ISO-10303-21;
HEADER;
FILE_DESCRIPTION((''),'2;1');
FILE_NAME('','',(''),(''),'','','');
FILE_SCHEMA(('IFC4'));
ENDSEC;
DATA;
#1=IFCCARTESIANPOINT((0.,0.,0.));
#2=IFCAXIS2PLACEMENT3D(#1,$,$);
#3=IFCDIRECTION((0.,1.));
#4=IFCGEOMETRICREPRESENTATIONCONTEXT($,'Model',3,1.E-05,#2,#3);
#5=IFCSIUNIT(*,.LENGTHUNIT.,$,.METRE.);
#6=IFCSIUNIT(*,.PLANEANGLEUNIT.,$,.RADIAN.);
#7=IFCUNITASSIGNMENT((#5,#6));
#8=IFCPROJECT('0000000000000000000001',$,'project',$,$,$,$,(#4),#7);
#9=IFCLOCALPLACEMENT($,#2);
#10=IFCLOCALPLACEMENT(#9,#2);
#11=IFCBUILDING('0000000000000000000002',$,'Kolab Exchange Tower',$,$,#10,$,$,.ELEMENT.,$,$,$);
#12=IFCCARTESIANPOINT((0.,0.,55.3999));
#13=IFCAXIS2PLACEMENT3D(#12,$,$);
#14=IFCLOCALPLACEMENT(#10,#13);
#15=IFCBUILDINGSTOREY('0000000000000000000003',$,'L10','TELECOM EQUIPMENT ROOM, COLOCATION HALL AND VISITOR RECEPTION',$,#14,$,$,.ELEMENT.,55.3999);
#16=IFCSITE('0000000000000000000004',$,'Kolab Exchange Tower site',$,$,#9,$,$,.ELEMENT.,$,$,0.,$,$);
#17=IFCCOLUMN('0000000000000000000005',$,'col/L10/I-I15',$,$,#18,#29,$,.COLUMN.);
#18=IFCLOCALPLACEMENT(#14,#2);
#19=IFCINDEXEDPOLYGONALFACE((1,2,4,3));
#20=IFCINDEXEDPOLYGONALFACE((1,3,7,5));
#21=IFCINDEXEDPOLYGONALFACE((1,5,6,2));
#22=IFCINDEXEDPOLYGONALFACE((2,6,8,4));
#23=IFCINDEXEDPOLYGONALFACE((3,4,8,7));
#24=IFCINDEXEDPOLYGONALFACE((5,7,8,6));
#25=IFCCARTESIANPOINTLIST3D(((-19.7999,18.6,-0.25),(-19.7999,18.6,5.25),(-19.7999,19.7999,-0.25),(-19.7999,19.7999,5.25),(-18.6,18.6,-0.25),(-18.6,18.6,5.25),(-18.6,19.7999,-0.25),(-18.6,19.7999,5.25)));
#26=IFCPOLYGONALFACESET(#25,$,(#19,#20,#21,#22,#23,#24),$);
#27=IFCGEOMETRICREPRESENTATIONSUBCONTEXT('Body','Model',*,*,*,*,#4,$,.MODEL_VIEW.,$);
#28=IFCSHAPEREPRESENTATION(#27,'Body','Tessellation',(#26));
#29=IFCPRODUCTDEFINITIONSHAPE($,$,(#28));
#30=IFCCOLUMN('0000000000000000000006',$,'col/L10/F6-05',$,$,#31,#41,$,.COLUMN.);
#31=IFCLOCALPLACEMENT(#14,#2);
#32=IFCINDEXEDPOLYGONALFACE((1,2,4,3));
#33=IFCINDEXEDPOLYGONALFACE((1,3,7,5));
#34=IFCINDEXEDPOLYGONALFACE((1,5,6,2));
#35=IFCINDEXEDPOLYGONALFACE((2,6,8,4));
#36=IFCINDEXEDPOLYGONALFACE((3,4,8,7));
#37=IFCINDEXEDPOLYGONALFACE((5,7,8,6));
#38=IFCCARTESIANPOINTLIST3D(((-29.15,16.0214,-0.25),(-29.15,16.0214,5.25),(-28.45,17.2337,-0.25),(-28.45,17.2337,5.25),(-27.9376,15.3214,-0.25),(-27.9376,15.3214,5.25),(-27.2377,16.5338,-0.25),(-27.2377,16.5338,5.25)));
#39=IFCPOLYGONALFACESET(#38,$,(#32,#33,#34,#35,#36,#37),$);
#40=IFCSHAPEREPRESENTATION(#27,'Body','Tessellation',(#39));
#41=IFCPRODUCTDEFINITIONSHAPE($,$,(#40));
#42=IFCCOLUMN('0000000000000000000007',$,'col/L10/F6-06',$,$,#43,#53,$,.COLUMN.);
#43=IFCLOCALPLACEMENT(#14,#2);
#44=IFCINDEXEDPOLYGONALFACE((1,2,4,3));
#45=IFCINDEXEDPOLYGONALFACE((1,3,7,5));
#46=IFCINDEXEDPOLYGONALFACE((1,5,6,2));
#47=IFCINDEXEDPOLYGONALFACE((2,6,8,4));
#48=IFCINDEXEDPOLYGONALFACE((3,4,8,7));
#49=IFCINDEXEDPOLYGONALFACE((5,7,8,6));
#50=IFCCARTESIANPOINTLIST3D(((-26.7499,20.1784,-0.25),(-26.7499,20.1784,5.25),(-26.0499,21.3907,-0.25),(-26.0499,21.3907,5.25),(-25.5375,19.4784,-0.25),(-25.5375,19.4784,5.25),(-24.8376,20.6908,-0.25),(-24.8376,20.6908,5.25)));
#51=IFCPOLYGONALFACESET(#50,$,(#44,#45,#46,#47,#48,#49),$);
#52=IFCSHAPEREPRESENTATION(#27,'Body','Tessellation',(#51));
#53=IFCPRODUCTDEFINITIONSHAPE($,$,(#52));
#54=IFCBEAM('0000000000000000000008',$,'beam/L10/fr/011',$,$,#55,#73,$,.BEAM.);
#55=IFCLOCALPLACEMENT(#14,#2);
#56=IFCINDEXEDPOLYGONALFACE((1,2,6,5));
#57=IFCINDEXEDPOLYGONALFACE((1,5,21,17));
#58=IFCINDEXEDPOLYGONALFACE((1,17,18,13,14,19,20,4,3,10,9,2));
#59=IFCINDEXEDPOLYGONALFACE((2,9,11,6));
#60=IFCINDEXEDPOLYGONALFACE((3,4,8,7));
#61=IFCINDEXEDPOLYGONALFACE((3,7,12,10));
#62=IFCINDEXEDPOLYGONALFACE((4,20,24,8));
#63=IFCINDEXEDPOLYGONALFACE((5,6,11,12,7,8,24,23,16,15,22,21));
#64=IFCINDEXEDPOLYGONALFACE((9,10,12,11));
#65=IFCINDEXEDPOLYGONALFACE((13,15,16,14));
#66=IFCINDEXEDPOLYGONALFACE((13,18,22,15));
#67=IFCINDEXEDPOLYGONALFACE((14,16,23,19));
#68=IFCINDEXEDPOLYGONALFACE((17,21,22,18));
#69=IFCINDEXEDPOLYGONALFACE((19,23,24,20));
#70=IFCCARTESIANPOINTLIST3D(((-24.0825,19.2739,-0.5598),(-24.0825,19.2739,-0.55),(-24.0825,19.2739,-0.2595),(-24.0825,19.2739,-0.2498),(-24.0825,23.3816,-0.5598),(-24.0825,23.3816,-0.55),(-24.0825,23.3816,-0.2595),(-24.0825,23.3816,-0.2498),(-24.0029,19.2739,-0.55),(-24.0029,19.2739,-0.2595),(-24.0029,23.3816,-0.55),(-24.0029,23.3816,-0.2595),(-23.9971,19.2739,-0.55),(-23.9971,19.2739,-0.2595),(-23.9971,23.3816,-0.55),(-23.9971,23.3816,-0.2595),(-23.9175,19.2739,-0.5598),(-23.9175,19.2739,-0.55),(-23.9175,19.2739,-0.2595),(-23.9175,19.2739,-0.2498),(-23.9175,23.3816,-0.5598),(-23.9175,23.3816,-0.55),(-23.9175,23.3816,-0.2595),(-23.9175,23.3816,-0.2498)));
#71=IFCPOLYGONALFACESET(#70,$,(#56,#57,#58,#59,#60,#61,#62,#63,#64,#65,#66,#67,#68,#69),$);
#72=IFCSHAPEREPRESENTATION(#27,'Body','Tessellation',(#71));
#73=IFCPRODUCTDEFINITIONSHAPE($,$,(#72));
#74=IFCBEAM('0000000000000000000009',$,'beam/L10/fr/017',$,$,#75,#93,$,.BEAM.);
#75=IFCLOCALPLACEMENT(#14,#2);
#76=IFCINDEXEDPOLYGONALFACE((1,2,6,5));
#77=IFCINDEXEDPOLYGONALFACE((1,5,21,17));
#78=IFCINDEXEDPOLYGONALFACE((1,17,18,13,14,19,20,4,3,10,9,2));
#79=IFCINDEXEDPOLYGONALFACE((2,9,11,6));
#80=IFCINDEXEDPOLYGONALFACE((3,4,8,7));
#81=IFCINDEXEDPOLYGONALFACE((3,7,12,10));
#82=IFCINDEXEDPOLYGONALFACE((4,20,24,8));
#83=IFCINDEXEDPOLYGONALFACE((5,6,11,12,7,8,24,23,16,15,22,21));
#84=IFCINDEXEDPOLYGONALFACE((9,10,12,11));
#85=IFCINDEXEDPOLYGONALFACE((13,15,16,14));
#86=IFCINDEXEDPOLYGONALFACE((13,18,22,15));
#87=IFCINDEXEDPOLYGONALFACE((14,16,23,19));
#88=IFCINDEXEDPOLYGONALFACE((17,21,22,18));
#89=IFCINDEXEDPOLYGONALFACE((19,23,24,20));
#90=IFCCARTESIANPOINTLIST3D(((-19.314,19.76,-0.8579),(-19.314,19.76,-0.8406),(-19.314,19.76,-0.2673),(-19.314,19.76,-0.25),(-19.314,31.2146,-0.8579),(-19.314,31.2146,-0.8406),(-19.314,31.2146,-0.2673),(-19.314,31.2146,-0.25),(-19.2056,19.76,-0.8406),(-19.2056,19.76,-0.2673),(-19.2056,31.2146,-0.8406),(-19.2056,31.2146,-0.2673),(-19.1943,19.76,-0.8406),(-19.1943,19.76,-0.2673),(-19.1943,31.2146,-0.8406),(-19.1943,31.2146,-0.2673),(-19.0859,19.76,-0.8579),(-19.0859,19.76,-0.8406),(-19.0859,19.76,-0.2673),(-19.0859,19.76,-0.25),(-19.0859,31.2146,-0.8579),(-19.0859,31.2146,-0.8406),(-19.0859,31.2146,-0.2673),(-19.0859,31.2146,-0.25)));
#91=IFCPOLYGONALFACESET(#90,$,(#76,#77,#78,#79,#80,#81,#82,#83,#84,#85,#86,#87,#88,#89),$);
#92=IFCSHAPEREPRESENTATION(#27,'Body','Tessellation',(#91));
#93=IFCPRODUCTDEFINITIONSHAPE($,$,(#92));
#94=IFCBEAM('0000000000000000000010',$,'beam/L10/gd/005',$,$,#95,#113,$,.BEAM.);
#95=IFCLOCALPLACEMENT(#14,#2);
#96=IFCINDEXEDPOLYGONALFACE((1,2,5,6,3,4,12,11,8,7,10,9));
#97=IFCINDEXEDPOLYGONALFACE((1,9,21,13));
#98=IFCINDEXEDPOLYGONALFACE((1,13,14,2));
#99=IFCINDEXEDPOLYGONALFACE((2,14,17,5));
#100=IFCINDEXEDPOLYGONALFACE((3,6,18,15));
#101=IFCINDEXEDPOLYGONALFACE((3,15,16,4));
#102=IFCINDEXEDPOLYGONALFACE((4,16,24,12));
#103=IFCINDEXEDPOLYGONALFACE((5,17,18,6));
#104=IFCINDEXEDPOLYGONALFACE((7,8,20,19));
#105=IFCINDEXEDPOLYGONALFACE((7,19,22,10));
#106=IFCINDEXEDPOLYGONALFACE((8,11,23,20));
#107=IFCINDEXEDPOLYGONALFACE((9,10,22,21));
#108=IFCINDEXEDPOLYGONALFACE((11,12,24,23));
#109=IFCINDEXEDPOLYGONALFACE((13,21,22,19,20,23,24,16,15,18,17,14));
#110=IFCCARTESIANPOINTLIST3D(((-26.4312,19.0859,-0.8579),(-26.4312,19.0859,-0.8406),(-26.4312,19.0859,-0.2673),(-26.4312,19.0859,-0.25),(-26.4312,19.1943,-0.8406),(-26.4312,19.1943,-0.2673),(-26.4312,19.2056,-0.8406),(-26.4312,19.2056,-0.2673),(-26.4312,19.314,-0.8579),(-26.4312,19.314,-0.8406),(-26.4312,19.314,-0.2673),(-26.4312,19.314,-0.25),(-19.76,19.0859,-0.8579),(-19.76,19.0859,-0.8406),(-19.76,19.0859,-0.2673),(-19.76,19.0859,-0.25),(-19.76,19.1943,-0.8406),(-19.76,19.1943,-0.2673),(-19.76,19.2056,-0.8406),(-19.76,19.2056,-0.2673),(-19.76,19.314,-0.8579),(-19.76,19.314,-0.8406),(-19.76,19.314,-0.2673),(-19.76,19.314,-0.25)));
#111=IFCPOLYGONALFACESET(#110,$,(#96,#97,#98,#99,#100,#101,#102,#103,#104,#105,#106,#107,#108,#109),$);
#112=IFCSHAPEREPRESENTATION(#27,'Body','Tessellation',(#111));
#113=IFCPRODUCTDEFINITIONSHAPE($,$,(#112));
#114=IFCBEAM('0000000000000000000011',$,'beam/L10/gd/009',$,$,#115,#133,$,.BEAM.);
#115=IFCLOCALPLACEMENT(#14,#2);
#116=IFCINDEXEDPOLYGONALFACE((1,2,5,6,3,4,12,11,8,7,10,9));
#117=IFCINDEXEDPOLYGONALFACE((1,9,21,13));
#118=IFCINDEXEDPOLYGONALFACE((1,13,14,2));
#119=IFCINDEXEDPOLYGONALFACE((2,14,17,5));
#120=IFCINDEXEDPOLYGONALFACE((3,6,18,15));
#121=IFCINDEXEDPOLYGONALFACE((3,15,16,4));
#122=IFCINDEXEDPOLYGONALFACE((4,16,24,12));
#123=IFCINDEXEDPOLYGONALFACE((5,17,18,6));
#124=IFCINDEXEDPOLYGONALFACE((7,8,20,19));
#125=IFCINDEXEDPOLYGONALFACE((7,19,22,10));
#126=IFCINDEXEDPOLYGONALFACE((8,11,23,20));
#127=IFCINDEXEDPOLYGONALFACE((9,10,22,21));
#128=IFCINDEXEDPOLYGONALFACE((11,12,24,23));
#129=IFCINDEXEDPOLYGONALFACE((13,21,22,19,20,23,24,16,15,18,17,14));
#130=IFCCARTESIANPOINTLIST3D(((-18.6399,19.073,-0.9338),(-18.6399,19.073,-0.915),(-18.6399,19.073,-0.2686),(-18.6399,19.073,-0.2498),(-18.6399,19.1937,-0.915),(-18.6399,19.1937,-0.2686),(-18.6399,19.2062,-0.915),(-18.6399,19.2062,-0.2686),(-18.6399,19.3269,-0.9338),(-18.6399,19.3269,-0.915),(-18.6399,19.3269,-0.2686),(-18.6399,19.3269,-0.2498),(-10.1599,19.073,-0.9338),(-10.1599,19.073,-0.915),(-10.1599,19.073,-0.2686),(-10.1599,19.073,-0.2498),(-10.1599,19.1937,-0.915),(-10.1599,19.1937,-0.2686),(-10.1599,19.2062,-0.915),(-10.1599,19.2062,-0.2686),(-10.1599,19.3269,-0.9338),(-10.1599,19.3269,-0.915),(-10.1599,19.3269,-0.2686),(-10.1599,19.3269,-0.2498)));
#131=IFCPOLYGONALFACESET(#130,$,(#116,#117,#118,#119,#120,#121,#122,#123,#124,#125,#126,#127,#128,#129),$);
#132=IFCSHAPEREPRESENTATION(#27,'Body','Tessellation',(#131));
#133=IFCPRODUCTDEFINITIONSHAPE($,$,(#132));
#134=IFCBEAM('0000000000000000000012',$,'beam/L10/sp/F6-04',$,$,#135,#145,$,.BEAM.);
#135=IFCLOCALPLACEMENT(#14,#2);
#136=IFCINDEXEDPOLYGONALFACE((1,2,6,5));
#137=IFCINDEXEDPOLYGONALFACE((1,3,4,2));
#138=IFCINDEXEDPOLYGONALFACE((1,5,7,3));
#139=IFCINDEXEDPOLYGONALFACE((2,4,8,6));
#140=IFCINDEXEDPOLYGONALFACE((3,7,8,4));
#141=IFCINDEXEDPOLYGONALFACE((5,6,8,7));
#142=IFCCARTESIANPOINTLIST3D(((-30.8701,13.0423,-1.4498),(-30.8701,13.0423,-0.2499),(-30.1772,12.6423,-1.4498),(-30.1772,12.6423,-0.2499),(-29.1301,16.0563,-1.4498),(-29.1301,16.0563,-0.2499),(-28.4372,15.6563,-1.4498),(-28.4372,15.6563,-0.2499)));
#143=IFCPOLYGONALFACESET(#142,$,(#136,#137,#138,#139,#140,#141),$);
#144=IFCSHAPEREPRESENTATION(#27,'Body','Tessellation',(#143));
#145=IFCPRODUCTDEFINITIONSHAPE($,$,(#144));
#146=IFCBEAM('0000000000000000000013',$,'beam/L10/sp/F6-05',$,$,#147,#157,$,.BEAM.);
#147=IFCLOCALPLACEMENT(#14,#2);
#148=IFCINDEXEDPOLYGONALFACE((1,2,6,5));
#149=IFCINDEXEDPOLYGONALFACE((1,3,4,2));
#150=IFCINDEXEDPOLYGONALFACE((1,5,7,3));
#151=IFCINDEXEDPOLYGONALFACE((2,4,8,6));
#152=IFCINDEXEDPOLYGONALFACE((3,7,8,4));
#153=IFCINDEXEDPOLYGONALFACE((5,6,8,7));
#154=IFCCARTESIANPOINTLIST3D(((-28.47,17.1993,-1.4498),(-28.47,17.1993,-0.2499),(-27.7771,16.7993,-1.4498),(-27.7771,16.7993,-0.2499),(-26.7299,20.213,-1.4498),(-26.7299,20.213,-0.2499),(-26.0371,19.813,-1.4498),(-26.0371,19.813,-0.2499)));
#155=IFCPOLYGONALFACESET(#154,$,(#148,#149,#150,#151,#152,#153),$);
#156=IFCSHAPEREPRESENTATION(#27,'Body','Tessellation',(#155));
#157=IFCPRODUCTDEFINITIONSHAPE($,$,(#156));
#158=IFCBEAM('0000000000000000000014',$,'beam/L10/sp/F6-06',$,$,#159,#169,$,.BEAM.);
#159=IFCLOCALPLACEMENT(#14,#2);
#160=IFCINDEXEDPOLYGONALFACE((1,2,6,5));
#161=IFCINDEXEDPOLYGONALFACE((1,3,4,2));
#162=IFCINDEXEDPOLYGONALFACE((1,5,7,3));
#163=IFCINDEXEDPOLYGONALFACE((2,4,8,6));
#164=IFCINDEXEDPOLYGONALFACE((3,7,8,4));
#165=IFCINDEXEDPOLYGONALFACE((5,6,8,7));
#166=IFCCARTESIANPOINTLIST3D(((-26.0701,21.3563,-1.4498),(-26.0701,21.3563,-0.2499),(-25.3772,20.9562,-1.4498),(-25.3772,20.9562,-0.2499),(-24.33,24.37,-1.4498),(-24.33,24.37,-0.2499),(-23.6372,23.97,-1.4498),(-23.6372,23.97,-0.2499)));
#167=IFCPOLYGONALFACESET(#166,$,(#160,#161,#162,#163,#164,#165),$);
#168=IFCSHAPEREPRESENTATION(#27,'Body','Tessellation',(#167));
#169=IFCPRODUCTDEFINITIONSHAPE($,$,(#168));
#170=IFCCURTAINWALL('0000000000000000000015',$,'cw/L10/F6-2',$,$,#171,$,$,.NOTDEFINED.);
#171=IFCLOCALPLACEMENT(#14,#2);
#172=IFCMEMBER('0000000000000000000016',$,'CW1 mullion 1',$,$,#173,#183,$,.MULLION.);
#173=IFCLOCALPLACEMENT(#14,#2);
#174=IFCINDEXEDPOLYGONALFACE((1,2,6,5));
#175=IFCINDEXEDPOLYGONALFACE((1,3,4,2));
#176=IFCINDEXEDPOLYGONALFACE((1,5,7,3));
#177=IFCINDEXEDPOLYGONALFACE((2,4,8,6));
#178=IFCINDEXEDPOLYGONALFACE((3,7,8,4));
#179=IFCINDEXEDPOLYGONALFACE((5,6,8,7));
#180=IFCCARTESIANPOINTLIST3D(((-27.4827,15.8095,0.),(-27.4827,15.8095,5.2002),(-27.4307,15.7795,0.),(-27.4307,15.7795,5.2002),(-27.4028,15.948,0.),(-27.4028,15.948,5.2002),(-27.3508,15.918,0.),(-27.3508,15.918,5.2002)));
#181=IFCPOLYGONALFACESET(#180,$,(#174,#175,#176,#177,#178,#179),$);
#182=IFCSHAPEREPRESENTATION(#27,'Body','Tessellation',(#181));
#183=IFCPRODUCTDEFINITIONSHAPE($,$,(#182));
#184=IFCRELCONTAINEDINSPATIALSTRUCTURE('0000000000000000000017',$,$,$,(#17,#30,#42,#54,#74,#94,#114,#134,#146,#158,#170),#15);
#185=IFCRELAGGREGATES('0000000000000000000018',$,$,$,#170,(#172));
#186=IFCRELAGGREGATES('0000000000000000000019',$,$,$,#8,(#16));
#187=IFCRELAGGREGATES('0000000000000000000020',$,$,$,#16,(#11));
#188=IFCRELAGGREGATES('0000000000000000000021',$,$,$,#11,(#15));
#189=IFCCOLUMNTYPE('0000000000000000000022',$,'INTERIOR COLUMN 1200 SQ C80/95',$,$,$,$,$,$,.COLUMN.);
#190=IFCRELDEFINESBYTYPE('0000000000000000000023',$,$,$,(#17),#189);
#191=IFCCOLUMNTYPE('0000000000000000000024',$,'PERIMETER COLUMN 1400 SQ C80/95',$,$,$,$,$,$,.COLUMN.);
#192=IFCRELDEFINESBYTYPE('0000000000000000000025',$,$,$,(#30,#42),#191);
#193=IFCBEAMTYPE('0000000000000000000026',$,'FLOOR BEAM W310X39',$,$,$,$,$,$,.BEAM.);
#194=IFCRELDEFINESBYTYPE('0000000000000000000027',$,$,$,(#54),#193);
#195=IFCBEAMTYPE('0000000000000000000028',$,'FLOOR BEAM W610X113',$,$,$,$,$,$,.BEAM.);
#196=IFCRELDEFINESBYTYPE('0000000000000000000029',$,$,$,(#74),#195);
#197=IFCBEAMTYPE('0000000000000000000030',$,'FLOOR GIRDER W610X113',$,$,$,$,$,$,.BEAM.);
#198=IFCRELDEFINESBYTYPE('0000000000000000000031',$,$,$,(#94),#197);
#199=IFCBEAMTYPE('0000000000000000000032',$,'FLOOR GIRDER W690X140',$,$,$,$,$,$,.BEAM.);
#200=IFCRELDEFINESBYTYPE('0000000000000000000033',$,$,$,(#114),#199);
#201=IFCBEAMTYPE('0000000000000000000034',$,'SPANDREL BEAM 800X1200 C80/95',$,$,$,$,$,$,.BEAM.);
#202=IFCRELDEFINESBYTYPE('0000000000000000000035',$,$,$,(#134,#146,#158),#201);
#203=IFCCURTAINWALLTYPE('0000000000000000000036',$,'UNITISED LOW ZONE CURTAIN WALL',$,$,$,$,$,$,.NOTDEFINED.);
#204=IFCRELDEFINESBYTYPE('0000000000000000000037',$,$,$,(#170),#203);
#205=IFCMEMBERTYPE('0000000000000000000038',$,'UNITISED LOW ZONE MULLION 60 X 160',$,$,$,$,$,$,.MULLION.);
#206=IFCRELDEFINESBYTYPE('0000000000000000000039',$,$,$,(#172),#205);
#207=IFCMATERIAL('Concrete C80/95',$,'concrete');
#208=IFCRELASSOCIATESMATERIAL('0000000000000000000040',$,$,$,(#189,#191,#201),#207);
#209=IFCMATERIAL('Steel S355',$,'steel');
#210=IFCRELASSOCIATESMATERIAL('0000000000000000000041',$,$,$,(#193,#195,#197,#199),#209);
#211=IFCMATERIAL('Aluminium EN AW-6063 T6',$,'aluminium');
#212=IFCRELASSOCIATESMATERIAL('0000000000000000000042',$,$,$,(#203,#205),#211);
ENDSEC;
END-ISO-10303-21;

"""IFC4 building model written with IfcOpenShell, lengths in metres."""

from ifc_helpers import new_model, si_unit, direction, frame, origin, origin_2d, place, context, subcontext, project, spatial, rectangle, i_section, extrude, material, material_profile, profile_set, type_object, element, aggregate, save


model = new_model("IFC4")

# Units and contexts
model_context = context("Model", 3, precision=1e-05, world=origin(), true_north=direction((0.0, 1.0)))
body_context = subcontext(model_context, "Body", "Model", "MODEL_VIEW")
ifc_project = project(units=[si_unit("LENGTHUNIT", "METRE"), si_unit("PLANEANGLEUNIT", "RADIAN")], contexts=[model_context])

# Site, building, storey
site_placement = place(None, origin())
site = spatial("IfcSite", under=ifc_project, at=site_placement, Name="Kolab Exchange Tower site", CompositionType="ELEMENT", RefElevation=0.0)
building_placement = place(site_placement, origin())
building = spatial("IfcBuilding", under=site, at=building_placement, Name="Kolab Exchange Tower", CompositionType="ELEMENT")
storey_placement = place(building_placement, frame((0.0, 0.0, 55.3999)))
storey = spatial("IfcBuildingStorey", under=building, at=storey_placement, Name="L10", Description="TELECOM EQUIPMENT ROOM, COLOCATION HALL AND VISITOR RECEPTION", CompositionType="ELEMENT", Elevation=55.3999)

# Columns
ifc_material_1 = material(Name="Concrete C80/95", Category="concrete")
ifc_material_profile_1 = material_profile(ifc_material_1, rectangle(XDim=1.2, YDim=1.2, at=origin_2d()), Name="RC1200")
ifc_profile_set_1 = profile_set([ifc_material_profile_1], Name="Concrete C80/95")
column_type_1 = type_object("IfcColumnType", Name="INTERIOR COLUMN 1200 SQ C80/95", PredefinedType="COLUMN", material=ifc_profile_set_1)
column_placement = place(storey_placement, frame((-19.2, 19.2, -0.25), z_axis=(0.0, 0.0, 1.0), x_axis=(1.0, 0.0, 0.0)))
element("IfcColumn", 1, at=column_placement, inside=storey, type_object=column_type_1, Name="col/L10/I-I15", PredefinedType="COLUMN", context=body_context, shape_type="SweptSolid", body=[
    extrude(rectangle(XDim=1.2, YDim=1.2, at=origin_2d()), origin(), (0.0, 0.0, 1.0), 5.5),
])
ifc_material_profile_2 = material_profile(ifc_material_1, rectangle(XDim=1.3999, YDim=1.3999, at=origin_2d()), Name="RC1400")
ifc_profile_set_2 = profile_set([ifc_material_profile_2], Name="Concrete C80/95")
column_type_2 = type_object("IfcColumnType", Name="PERIMETER COLUMN 1400 SQ C80/95", PredefinedType="COLUMN", material=ifc_profile_set_2)
for number, where, z_axis, x_axis, name in (
    (2, (-28.1938, 16.2776, -0.25), (0.0, 0.0, 1.0), (0.5, 0.866025, 0.0), "col/L10/F6-05"),
    (3, (-25.7937, 20.4346, -0.25), (0.0, 0.0, 1.0), (0.5, 0.866025, 0.0), "col/L10/F6-06"),
):
    element("IfcColumn", number, at=place(storey_placement, frame(where, z_axis=z_axis, x_axis=x_axis)), inside=storey, type_object=column_type_2, Name=name, PredefinedType="COLUMN", context=body_context, shape_type="SweptSolid", body=[
        extrude(rectangle(XDim=1.3999, YDim=1.3999, at=origin_2d()), origin(), (0.0, 0.0, 1.0), 5.5),
    ])

# Beams
ifc_material_2 = material(Name="Steel S355", Category="steel")
ifc_material_profile_3 = material_profile(ifc_material_2, i_section(OverallWidth=0.165, OverallDepth=0.3101, WebThickness=0.0059, FlangeThickness=0.0098, at=origin_2d()), Name="W310X39")
ifc_profile_set_3 = profile_set([ifc_material_profile_3], Name="Steel S355")
beam_type_1 = type_object("IfcBeamType", Name="FLOOR BEAM W310X39", PredefinedType="BEAM", material=ifc_profile_set_3)
beam_1_placement = place(storey_placement, frame((-24.0, 19.2739, -0.4048), z_axis=(0.0, 1.0, 0.0), x_axis=(-1.0, 0.0, 0.0)))
element("IfcBeam", 4, at=beam_1_placement, inside=storey, type_object=beam_type_1, Name="beam/L10/fr/011", PredefinedType="BEAM", context=body_context, shape_type="SweptSolid", body=[
    extrude(i_section(OverallWidth=0.165, OverallDepth=0.3101, WebThickness=0.0059, FlangeThickness=0.0098, at=origin_2d()), origin(), (0.0, 0.0, 1.0), 4.1077),
])
ifc_material_profile_4 = material_profile(ifc_material_2, i_section(OverallWidth=0.228, OverallDepth=0.6079, WebThickness=0.0112, FlangeThickness=0.0173, at=origin_2d()), Name="W610X113")
ifc_profile_set_4 = profile_set([ifc_material_profile_4], Name="Steel S355")
beam_type_2 = type_object("IfcBeamType", Name="FLOOR BEAM W610X113", PredefinedType="BEAM", material=ifc_profile_set_4)
beam_2_placement = place(storey_placement, frame((-19.2, 19.76, -0.554), z_axis=(0.0, 1.0, 0.0), x_axis=(-1.0, 0.0, 0.0)))
element("IfcBeam", 5, at=beam_2_placement, inside=storey, type_object=beam_type_2, Name="beam/L10/fr/017", PredefinedType="BEAM", context=body_context, shape_type="SweptSolid", body=[
    extrude(i_section(OverallWidth=0.228, OverallDepth=0.6079, WebThickness=0.0112, FlangeThickness=0.0173, at=origin_2d()), origin(), (0.0, 0.0, 1.0), 11.4546),
])
ifc_material_profile_5 = material_profile(ifc_material_2, i_section(OverallWidth=0.228, OverallDepth=0.6079, WebThickness=0.0112, FlangeThickness=0.0173, at=origin_2d()), Name="W610X113")
ifc_profile_set_5 = profile_set([ifc_material_profile_5], Name="Steel S355")
beam_type_3 = type_object("IfcBeamType", Name="FLOOR GIRDER W610X113", PredefinedType="BEAM", material=ifc_profile_set_5)
beam_3_placement = place(storey_placement, frame((-26.4312, 19.2, -0.554), z_axis=(1.0, 0.0, 0.0), x_axis=(0.0, 1.0, 0.0)))
element("IfcBeam", 6, at=beam_3_placement, inside=storey, type_object=beam_type_3, Name="beam/L10/gd/005", PredefinedType="BEAM", context=body_context, shape_type="SweptSolid", body=[
    extrude(i_section(OverallWidth=0.228, OverallDepth=0.6079, WebThickness=0.0112, FlangeThickness=0.0173, at=origin_2d()), origin(), (0.0, 0.0, 1.0), 6.6711),
])
ifc_material_profile_6 = material_profile(ifc_material_2, i_section(OverallWidth=0.2539, OverallDepth=0.6841, WebThickness=0.0125, FlangeThickness=0.0188, at=origin_2d()), Name="W690X140")
ifc_profile_set_6 = profile_set([ifc_material_profile_6], Name="Steel S355")
beam_type_4 = type_object("IfcBeamType", Name="FLOOR GIRDER W690X140", PredefinedType="BEAM", material=ifc_profile_set_6)
beam_4_placement = place(storey_placement, frame((-18.6399, 19.2, -0.5918), z_axis=(1.0, 0.0, 0.0), x_axis=(0.0, 1.0, 0.0)))
element("IfcBeam", 7, at=beam_4_placement, inside=storey, type_object=beam_type_4, Name="beam/L10/gd/009", PredefinedType="BEAM", context=body_context, shape_type="SweptSolid", body=[
    extrude(i_section(OverallWidth=0.2539, OverallDepth=0.6841, WebThickness=0.0125, FlangeThickness=0.0188, at=origin_2d()), origin(), (0.0, 0.0, 1.0), 8.48),
])
ifc_material_profile_7 = material_profile(ifc_material_1, rectangle(XDim=0.8, YDim=1.2, at=origin_2d()), Name="RC800X1200")
ifc_profile_set_7 = profile_set([ifc_material_profile_7], Name="Concrete C80/95")
beam_type_5 = type_object("IfcBeamType", Name="SPANDREL BEAM 800X1200 C80/95", PredefinedType="BEAM", material=ifc_profile_set_7)
beam_5_placement = place(storey_placement, frame((-30.5237, 12.8423, -0.8499), z_axis=(0.49998, 0.866037, 0.0), x_axis=(-0.866037, 0.49998, 0.0)))
element("IfcBeam", 8, at=beam_5_placement, inside=storey, type_object=beam_type_5, Name="beam/L10/sp/F6-04", PredefinedType="BEAM", context=body_context, shape_type="SweptSolid", body=[
    extrude(rectangle(XDim=0.8, YDim=1.2, at=origin_2d()), origin(), (0.0, 0.0, 1.0), 3.4802),
])
for number, where, z_axis, x_axis, name in (
    (9, (-28.1235, 16.9993, -0.8499), (0.50001, 0.86602, 0.0), (-0.86602, 0.50001, 0.0), "beam/L10/sp/F6-05"),
    (10, (-25.7236, 21.1562, -0.8499), (0.50001, 0.86602, 0.0), (-0.86602, 0.50001, 0.0), "beam/L10/sp/F6-06"),
):
    element("IfcBeam", number, at=place(storey_placement, frame(where, z_axis=z_axis, x_axis=x_axis)), inside=storey, type_object=beam_type_5, Name=name, PredefinedType="BEAM", context=body_context, shape_type="SweptSolid", body=[
        extrude(rectangle(XDim=0.8, YDim=1.2, at=origin_2d()), origin(), (0.0, 0.0, 1.0), 3.48),
    ])

# Curtain wall, member
ifc_material_3 = material(Name="Aluminium EN AW-6063 T6", Category="aluminium")
curtain_wall_type = type_object("IfcCurtainWallType", Name="UNITISED LOW ZONE CURTAIN WALL", PredefinedType="NOTDEFINED", material=ifc_material_3)
curtain_wall_placement = place(storey_placement, origin())
curtain_wall = element("IfcCurtainWall", 11, at=curtain_wall_placement, inside=storey, type_object=curtain_wall_type, Name="cw/L10/F6-2", PredefinedType="NOTDEFINED")
ifc_material_profile_8 = material_profile(ifc_material_3, rectangle(XDim=0.0601, YDim=0.1599, at=origin_2d()), Name="RECT 60X160")
ifc_profile_set_8 = profile_set([ifc_material_profile_8], Name="Aluminium EN AW-6063 T6")
member_type_1 = type_object("IfcMemberType", Name="UNITISED LOW ZONE MULLION 60 X 160", PredefinedType="MULLION", material=ifc_profile_set_8)
member_1_placement = place(storey_placement, frame((-27.4167, 15.8638, 0.0), z_axis=(0.0, 0.0, 1.0), x_axis=(-0.866025, 0.5, 0.0)))
member_1 = element("IfcMember", 12, at=member_1_placement, type_object=member_type_1, Name="CW1 mullion 1", PredefinedType="MULLION", context=body_context, shape_type="SweptSolid", body=[
    extrude(rectangle(XDim=0.0601, YDim=0.1599, at=origin_2d()), origin(), (0.0, 0.0, 1.0), 5.2002),
])
aggregate(curtain_wall, [member_1])

save(model, "model.ifc")
